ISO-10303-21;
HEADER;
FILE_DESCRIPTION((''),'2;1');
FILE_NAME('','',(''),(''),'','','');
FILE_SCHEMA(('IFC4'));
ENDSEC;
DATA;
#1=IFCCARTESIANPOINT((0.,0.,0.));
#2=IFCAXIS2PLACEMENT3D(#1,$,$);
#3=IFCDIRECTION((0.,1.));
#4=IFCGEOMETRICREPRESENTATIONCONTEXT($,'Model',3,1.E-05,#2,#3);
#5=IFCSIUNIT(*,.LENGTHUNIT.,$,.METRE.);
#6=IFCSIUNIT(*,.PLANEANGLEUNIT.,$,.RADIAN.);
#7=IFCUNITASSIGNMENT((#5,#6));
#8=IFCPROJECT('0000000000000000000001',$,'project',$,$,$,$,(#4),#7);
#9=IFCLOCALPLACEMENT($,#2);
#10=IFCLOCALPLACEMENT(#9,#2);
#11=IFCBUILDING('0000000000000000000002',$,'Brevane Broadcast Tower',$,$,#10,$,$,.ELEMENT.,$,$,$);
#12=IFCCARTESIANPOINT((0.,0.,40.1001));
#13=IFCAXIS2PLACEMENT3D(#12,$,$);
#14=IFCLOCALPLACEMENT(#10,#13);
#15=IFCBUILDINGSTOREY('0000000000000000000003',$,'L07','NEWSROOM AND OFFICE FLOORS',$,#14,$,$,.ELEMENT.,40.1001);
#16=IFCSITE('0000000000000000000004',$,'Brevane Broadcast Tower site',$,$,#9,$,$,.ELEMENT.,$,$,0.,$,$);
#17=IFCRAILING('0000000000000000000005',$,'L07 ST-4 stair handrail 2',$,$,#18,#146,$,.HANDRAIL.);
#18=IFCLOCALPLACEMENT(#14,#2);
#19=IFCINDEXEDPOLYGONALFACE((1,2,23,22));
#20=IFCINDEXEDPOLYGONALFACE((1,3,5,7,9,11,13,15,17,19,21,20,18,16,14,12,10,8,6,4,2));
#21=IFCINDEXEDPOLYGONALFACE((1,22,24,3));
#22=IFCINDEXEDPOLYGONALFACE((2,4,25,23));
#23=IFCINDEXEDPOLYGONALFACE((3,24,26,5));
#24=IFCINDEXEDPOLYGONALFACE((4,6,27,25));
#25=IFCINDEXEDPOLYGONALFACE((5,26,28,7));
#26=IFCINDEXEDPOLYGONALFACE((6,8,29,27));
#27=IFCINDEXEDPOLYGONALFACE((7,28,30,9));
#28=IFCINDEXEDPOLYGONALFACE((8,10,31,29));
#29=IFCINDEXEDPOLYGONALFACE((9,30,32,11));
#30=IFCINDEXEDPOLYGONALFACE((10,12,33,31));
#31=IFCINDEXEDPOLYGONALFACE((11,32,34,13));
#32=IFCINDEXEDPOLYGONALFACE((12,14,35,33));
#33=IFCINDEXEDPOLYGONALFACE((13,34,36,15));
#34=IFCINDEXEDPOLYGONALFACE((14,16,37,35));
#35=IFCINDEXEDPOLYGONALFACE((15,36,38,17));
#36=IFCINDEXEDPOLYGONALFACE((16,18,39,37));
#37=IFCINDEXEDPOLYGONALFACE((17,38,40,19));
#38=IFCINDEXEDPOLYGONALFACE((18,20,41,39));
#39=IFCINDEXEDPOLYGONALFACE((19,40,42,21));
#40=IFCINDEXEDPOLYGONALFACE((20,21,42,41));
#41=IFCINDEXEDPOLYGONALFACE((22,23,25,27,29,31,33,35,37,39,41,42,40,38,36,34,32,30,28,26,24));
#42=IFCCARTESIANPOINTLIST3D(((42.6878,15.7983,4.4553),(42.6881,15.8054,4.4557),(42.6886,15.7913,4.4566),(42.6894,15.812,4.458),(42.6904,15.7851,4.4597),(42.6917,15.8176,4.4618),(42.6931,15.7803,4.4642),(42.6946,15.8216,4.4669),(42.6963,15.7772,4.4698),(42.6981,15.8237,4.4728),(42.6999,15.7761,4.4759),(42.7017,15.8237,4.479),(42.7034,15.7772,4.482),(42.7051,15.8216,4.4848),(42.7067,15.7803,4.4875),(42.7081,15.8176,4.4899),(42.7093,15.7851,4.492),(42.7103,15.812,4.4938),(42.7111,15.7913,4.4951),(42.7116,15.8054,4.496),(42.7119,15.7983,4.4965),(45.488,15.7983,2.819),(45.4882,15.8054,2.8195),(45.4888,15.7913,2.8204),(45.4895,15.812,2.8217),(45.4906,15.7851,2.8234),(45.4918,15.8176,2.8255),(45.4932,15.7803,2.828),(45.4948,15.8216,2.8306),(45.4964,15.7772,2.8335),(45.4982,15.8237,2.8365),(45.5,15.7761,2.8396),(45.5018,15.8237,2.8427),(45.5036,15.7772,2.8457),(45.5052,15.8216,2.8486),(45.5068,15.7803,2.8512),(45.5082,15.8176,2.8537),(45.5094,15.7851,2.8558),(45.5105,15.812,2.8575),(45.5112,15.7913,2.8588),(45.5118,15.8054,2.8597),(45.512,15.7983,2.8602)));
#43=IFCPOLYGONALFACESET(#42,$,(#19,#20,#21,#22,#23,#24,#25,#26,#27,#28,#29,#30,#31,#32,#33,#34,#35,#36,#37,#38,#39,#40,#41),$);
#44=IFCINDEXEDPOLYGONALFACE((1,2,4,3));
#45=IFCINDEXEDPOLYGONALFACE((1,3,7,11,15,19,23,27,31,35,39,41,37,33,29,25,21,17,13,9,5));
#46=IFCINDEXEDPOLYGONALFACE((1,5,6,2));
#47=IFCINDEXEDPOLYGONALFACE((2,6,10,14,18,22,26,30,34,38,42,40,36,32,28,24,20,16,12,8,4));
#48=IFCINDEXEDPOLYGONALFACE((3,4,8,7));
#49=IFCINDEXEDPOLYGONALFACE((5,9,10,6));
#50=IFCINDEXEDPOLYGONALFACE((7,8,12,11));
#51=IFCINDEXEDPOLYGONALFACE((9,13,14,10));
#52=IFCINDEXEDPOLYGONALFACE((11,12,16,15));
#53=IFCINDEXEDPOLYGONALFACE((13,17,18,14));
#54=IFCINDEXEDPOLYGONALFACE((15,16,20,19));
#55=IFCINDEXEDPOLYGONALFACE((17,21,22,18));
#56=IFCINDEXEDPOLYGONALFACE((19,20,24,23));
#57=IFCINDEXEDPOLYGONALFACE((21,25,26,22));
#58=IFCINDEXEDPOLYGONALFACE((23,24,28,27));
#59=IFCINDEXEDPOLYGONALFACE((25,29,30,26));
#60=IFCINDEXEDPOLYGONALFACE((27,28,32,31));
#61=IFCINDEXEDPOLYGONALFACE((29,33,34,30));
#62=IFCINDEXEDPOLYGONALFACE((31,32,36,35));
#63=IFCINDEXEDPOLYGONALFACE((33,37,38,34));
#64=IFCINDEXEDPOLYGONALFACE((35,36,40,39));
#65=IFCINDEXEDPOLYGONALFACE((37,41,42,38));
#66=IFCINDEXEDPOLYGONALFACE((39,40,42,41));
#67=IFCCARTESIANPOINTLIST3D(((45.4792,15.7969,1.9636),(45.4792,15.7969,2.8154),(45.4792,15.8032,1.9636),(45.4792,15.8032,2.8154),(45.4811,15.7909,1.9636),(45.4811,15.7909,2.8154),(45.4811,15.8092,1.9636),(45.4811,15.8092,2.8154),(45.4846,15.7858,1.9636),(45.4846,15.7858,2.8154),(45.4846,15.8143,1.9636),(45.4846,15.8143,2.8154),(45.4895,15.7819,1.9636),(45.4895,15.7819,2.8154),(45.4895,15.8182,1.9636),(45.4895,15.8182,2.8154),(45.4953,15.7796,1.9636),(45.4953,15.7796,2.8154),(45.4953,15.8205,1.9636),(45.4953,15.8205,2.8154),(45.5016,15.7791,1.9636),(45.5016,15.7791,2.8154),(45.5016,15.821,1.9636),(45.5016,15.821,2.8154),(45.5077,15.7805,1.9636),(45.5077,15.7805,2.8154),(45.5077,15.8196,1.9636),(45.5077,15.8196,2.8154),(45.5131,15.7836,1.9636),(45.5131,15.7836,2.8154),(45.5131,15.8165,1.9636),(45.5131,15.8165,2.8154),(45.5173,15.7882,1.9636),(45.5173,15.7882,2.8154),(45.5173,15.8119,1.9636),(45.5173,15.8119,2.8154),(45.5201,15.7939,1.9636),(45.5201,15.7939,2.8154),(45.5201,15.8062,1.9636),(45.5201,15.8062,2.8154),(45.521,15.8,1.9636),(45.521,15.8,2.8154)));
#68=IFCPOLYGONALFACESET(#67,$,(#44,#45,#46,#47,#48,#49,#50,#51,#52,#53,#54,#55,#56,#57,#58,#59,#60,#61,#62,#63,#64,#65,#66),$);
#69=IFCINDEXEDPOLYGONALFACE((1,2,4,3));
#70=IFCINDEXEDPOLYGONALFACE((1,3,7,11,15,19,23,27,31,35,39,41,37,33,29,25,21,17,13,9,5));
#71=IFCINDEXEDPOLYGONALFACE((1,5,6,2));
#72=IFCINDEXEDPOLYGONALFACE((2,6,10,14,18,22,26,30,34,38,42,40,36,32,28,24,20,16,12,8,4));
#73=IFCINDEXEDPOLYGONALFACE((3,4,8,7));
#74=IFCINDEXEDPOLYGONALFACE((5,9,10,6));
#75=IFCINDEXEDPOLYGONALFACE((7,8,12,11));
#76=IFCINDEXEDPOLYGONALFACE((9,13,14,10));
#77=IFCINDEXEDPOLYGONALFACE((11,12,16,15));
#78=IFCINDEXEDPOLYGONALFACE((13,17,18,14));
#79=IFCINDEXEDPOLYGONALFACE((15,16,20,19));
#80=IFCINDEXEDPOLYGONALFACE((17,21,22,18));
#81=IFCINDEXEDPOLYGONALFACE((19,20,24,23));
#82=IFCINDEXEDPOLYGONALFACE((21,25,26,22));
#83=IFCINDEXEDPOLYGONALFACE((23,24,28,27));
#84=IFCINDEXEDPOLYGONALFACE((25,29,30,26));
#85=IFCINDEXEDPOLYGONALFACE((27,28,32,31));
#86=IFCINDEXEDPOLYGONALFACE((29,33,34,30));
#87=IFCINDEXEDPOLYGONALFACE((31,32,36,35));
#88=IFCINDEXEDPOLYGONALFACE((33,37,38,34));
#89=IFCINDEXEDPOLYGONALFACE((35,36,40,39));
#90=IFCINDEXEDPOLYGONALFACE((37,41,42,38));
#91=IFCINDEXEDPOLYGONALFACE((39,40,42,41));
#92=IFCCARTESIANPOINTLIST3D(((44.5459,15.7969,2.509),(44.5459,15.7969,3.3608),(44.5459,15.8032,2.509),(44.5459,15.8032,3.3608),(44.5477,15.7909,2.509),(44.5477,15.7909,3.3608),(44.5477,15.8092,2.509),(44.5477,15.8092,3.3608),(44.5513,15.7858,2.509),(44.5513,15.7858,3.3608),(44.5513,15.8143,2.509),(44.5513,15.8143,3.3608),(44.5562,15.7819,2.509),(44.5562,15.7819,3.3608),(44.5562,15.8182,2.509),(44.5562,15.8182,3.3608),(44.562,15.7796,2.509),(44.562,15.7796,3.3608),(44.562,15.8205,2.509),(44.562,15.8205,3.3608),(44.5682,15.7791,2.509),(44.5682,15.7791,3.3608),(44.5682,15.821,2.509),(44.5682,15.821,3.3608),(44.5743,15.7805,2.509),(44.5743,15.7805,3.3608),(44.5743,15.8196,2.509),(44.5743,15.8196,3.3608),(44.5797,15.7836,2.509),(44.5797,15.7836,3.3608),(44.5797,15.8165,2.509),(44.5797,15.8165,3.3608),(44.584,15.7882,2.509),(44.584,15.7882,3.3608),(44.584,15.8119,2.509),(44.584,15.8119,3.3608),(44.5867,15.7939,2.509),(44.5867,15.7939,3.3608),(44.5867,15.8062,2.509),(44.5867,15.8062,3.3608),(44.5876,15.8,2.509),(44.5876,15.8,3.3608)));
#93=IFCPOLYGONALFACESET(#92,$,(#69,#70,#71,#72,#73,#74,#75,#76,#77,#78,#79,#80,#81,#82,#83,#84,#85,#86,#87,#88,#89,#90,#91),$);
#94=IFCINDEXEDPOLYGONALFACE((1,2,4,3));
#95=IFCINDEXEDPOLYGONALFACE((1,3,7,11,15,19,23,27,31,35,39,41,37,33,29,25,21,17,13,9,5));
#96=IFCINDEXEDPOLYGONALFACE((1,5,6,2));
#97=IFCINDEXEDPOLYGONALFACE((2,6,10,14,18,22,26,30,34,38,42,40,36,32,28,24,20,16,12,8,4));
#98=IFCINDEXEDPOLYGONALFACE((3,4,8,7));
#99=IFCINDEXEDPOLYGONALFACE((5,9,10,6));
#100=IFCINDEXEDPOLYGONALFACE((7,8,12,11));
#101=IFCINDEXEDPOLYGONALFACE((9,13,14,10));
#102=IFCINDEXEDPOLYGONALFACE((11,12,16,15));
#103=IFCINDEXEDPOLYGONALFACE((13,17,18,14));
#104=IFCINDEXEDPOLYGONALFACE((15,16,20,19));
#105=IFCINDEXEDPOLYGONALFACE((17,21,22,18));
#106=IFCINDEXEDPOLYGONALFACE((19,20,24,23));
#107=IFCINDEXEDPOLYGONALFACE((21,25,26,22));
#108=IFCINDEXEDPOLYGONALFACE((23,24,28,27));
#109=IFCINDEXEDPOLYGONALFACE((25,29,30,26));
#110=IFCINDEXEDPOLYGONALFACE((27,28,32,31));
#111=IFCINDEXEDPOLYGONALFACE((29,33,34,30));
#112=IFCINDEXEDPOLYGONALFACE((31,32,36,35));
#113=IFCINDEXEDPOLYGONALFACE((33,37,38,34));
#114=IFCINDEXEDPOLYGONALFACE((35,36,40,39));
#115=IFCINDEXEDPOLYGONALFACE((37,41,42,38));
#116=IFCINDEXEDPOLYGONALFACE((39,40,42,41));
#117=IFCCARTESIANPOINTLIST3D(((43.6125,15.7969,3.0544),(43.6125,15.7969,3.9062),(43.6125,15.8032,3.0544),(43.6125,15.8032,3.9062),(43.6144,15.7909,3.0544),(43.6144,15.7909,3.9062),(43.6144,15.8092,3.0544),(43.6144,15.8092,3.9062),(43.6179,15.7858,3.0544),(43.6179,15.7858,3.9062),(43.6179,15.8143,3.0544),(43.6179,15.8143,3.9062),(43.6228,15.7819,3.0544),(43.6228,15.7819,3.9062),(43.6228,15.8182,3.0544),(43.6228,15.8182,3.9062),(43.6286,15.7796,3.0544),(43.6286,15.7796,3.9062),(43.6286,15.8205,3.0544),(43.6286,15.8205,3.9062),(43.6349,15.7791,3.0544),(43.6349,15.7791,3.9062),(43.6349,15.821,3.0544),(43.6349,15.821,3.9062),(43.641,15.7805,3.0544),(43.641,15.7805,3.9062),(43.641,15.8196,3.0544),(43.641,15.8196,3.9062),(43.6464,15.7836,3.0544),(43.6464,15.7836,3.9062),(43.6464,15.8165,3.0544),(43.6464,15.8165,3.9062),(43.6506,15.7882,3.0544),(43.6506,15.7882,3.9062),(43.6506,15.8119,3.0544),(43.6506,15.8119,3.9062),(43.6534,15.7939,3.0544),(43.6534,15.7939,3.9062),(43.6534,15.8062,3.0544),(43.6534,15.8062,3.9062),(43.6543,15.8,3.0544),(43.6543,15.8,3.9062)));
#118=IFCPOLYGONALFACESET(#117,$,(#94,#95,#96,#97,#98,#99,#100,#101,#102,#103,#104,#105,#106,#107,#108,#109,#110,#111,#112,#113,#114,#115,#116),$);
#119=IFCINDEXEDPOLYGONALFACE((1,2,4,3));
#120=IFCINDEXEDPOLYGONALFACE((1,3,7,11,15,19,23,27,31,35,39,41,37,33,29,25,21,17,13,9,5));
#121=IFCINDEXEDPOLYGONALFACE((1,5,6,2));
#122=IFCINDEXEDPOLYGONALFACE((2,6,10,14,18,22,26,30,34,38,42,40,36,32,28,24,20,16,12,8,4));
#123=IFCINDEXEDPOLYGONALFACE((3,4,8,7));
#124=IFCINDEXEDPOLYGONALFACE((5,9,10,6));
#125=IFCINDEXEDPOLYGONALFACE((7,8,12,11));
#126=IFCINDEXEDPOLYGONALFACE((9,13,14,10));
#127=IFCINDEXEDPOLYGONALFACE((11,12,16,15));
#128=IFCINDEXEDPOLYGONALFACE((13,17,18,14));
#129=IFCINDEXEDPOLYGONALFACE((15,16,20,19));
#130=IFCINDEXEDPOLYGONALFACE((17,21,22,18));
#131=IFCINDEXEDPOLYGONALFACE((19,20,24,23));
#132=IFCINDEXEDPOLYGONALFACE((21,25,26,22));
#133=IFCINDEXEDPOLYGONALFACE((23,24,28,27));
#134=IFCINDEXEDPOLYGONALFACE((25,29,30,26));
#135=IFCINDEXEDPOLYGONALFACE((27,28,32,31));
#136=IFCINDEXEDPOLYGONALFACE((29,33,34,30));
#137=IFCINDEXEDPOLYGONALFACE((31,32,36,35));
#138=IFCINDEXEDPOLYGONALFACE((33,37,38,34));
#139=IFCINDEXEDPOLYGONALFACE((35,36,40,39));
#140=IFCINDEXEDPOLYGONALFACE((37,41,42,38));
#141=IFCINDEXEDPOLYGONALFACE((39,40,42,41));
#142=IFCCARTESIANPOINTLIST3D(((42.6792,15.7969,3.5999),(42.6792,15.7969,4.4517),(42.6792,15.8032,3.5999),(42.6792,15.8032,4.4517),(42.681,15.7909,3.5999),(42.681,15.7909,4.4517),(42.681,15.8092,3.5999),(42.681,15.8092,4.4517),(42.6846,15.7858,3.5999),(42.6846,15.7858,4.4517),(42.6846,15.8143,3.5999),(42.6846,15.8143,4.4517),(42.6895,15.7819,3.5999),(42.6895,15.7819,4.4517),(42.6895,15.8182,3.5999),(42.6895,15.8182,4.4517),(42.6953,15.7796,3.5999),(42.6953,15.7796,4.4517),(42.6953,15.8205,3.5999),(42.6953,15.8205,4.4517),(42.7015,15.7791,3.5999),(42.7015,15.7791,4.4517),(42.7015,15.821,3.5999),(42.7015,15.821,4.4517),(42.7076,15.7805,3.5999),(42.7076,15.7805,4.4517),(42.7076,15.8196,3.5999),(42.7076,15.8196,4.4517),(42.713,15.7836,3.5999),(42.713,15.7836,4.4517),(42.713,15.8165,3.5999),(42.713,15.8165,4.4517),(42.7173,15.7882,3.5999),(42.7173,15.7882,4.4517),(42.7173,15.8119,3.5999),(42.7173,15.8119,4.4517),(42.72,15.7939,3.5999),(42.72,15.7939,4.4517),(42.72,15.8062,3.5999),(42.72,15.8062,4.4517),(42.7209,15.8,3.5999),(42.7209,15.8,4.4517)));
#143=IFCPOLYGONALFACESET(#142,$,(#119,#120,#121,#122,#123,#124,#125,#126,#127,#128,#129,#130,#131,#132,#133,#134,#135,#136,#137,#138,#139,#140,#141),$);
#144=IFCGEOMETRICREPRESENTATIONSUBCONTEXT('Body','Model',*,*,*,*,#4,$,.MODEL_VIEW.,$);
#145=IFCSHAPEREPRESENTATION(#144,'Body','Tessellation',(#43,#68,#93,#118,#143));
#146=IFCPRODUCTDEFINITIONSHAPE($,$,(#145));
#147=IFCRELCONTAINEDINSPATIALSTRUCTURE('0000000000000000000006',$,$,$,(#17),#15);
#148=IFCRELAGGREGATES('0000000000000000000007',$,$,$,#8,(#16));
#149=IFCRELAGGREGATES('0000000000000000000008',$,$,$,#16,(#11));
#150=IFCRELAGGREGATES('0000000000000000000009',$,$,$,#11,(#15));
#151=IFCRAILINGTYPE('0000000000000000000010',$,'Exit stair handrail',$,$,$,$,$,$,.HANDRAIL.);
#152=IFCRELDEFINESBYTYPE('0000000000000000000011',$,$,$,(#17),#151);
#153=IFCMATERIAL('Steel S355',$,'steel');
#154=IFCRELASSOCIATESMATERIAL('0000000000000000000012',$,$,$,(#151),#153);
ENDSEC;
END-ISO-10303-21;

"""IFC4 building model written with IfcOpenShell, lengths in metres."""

from ifc_helpers import new_model, si_unit, direction, frame, origin, origin_2d, place, context, subcontext, project, spatial, circle, extrude, material, type_object, element, save


model = new_model("IFC4")

# Units and contexts
model_context = context("Model", 3, precision=1e-05, world=origin(), true_north=direction((0.0, 1.0)))
body_context = subcontext(model_context, "Body", "Model", "MODEL_VIEW")
ifc_project = project(units=[si_unit("LENGTHUNIT", "METRE"), si_unit("PLANEANGLEUNIT", "RADIAN")], contexts=[model_context])

# Site, building, storey
site_placement = place(None, origin())
site = spatial("IfcSite", under=ifc_project, at=site_placement, Name="Brevane Broadcast Tower site", CompositionType="ELEMENT", RefElevation=0.0)
building_placement = place(site_placement, origin())
building = spatial("IfcBuilding", under=site, at=building_placement, Name="Brevane Broadcast Tower", CompositionType="ELEMENT")
storey_placement = place(building_placement, frame((0.0, 0.0, 40.1001)))
storey = spatial("IfcBuildingStorey", under=building, at=storey_placement, Name="L07", Description="NEWSROOM AND OFFICE FLOORS", CompositionType="ELEMENT", Elevation=40.1001)

# Railing
ifc_material_1 = material(Name="Steel S355", Category="steel")
railing_type_1 = type_object("IfcRailingType", Name="Exit stair handrail", PredefinedType="HANDRAIL", material=ifc_material_1)
railing_1_placement = place(storey_placement, frame((45.5, 15.8, 1.9636)))
element("IfcRailing", 1, at=railing_1_placement, inside=storey, type_object=railing_type_1, Name="L07 ST-4 stair handrail 2", PredefinedType="HANDRAIL", context=body_context, shape_type="SweptSolid", body=[
    extrude(circle(Radius=0.0239, at=origin_2d()), frame((0.0, 0.0, 0.876), z_axis=(-0.863394, 0.0, 0.504531), x_axis=(0.0, -1.0, 0.0)), (0.0, 0.0, 1.0), 3.2432),
    extrude(circle(Radius=0.021, at=origin_2d()), origin(), (0.0, 0.0, 1.0), 0.8518),
    extrude(circle(Radius=0.021, at=origin_2d()), frame((-0.9333, 0.0, 0.5454)), (0.0, 0.0, 1.0), 0.8518),
    extrude(circle(Radius=0.021, at=origin_2d()), frame((-1.8667, 0.0, 1.0908)), (0.0, 0.0, 1.0), 0.8518),
    extrude(circle(Radius=0.021, at=origin_2d()), frame((-2.8, 0.0, 1.6362)), (0.0, 0.0, 1.0), 0.8518),
])

save(model, "model.ifc")
